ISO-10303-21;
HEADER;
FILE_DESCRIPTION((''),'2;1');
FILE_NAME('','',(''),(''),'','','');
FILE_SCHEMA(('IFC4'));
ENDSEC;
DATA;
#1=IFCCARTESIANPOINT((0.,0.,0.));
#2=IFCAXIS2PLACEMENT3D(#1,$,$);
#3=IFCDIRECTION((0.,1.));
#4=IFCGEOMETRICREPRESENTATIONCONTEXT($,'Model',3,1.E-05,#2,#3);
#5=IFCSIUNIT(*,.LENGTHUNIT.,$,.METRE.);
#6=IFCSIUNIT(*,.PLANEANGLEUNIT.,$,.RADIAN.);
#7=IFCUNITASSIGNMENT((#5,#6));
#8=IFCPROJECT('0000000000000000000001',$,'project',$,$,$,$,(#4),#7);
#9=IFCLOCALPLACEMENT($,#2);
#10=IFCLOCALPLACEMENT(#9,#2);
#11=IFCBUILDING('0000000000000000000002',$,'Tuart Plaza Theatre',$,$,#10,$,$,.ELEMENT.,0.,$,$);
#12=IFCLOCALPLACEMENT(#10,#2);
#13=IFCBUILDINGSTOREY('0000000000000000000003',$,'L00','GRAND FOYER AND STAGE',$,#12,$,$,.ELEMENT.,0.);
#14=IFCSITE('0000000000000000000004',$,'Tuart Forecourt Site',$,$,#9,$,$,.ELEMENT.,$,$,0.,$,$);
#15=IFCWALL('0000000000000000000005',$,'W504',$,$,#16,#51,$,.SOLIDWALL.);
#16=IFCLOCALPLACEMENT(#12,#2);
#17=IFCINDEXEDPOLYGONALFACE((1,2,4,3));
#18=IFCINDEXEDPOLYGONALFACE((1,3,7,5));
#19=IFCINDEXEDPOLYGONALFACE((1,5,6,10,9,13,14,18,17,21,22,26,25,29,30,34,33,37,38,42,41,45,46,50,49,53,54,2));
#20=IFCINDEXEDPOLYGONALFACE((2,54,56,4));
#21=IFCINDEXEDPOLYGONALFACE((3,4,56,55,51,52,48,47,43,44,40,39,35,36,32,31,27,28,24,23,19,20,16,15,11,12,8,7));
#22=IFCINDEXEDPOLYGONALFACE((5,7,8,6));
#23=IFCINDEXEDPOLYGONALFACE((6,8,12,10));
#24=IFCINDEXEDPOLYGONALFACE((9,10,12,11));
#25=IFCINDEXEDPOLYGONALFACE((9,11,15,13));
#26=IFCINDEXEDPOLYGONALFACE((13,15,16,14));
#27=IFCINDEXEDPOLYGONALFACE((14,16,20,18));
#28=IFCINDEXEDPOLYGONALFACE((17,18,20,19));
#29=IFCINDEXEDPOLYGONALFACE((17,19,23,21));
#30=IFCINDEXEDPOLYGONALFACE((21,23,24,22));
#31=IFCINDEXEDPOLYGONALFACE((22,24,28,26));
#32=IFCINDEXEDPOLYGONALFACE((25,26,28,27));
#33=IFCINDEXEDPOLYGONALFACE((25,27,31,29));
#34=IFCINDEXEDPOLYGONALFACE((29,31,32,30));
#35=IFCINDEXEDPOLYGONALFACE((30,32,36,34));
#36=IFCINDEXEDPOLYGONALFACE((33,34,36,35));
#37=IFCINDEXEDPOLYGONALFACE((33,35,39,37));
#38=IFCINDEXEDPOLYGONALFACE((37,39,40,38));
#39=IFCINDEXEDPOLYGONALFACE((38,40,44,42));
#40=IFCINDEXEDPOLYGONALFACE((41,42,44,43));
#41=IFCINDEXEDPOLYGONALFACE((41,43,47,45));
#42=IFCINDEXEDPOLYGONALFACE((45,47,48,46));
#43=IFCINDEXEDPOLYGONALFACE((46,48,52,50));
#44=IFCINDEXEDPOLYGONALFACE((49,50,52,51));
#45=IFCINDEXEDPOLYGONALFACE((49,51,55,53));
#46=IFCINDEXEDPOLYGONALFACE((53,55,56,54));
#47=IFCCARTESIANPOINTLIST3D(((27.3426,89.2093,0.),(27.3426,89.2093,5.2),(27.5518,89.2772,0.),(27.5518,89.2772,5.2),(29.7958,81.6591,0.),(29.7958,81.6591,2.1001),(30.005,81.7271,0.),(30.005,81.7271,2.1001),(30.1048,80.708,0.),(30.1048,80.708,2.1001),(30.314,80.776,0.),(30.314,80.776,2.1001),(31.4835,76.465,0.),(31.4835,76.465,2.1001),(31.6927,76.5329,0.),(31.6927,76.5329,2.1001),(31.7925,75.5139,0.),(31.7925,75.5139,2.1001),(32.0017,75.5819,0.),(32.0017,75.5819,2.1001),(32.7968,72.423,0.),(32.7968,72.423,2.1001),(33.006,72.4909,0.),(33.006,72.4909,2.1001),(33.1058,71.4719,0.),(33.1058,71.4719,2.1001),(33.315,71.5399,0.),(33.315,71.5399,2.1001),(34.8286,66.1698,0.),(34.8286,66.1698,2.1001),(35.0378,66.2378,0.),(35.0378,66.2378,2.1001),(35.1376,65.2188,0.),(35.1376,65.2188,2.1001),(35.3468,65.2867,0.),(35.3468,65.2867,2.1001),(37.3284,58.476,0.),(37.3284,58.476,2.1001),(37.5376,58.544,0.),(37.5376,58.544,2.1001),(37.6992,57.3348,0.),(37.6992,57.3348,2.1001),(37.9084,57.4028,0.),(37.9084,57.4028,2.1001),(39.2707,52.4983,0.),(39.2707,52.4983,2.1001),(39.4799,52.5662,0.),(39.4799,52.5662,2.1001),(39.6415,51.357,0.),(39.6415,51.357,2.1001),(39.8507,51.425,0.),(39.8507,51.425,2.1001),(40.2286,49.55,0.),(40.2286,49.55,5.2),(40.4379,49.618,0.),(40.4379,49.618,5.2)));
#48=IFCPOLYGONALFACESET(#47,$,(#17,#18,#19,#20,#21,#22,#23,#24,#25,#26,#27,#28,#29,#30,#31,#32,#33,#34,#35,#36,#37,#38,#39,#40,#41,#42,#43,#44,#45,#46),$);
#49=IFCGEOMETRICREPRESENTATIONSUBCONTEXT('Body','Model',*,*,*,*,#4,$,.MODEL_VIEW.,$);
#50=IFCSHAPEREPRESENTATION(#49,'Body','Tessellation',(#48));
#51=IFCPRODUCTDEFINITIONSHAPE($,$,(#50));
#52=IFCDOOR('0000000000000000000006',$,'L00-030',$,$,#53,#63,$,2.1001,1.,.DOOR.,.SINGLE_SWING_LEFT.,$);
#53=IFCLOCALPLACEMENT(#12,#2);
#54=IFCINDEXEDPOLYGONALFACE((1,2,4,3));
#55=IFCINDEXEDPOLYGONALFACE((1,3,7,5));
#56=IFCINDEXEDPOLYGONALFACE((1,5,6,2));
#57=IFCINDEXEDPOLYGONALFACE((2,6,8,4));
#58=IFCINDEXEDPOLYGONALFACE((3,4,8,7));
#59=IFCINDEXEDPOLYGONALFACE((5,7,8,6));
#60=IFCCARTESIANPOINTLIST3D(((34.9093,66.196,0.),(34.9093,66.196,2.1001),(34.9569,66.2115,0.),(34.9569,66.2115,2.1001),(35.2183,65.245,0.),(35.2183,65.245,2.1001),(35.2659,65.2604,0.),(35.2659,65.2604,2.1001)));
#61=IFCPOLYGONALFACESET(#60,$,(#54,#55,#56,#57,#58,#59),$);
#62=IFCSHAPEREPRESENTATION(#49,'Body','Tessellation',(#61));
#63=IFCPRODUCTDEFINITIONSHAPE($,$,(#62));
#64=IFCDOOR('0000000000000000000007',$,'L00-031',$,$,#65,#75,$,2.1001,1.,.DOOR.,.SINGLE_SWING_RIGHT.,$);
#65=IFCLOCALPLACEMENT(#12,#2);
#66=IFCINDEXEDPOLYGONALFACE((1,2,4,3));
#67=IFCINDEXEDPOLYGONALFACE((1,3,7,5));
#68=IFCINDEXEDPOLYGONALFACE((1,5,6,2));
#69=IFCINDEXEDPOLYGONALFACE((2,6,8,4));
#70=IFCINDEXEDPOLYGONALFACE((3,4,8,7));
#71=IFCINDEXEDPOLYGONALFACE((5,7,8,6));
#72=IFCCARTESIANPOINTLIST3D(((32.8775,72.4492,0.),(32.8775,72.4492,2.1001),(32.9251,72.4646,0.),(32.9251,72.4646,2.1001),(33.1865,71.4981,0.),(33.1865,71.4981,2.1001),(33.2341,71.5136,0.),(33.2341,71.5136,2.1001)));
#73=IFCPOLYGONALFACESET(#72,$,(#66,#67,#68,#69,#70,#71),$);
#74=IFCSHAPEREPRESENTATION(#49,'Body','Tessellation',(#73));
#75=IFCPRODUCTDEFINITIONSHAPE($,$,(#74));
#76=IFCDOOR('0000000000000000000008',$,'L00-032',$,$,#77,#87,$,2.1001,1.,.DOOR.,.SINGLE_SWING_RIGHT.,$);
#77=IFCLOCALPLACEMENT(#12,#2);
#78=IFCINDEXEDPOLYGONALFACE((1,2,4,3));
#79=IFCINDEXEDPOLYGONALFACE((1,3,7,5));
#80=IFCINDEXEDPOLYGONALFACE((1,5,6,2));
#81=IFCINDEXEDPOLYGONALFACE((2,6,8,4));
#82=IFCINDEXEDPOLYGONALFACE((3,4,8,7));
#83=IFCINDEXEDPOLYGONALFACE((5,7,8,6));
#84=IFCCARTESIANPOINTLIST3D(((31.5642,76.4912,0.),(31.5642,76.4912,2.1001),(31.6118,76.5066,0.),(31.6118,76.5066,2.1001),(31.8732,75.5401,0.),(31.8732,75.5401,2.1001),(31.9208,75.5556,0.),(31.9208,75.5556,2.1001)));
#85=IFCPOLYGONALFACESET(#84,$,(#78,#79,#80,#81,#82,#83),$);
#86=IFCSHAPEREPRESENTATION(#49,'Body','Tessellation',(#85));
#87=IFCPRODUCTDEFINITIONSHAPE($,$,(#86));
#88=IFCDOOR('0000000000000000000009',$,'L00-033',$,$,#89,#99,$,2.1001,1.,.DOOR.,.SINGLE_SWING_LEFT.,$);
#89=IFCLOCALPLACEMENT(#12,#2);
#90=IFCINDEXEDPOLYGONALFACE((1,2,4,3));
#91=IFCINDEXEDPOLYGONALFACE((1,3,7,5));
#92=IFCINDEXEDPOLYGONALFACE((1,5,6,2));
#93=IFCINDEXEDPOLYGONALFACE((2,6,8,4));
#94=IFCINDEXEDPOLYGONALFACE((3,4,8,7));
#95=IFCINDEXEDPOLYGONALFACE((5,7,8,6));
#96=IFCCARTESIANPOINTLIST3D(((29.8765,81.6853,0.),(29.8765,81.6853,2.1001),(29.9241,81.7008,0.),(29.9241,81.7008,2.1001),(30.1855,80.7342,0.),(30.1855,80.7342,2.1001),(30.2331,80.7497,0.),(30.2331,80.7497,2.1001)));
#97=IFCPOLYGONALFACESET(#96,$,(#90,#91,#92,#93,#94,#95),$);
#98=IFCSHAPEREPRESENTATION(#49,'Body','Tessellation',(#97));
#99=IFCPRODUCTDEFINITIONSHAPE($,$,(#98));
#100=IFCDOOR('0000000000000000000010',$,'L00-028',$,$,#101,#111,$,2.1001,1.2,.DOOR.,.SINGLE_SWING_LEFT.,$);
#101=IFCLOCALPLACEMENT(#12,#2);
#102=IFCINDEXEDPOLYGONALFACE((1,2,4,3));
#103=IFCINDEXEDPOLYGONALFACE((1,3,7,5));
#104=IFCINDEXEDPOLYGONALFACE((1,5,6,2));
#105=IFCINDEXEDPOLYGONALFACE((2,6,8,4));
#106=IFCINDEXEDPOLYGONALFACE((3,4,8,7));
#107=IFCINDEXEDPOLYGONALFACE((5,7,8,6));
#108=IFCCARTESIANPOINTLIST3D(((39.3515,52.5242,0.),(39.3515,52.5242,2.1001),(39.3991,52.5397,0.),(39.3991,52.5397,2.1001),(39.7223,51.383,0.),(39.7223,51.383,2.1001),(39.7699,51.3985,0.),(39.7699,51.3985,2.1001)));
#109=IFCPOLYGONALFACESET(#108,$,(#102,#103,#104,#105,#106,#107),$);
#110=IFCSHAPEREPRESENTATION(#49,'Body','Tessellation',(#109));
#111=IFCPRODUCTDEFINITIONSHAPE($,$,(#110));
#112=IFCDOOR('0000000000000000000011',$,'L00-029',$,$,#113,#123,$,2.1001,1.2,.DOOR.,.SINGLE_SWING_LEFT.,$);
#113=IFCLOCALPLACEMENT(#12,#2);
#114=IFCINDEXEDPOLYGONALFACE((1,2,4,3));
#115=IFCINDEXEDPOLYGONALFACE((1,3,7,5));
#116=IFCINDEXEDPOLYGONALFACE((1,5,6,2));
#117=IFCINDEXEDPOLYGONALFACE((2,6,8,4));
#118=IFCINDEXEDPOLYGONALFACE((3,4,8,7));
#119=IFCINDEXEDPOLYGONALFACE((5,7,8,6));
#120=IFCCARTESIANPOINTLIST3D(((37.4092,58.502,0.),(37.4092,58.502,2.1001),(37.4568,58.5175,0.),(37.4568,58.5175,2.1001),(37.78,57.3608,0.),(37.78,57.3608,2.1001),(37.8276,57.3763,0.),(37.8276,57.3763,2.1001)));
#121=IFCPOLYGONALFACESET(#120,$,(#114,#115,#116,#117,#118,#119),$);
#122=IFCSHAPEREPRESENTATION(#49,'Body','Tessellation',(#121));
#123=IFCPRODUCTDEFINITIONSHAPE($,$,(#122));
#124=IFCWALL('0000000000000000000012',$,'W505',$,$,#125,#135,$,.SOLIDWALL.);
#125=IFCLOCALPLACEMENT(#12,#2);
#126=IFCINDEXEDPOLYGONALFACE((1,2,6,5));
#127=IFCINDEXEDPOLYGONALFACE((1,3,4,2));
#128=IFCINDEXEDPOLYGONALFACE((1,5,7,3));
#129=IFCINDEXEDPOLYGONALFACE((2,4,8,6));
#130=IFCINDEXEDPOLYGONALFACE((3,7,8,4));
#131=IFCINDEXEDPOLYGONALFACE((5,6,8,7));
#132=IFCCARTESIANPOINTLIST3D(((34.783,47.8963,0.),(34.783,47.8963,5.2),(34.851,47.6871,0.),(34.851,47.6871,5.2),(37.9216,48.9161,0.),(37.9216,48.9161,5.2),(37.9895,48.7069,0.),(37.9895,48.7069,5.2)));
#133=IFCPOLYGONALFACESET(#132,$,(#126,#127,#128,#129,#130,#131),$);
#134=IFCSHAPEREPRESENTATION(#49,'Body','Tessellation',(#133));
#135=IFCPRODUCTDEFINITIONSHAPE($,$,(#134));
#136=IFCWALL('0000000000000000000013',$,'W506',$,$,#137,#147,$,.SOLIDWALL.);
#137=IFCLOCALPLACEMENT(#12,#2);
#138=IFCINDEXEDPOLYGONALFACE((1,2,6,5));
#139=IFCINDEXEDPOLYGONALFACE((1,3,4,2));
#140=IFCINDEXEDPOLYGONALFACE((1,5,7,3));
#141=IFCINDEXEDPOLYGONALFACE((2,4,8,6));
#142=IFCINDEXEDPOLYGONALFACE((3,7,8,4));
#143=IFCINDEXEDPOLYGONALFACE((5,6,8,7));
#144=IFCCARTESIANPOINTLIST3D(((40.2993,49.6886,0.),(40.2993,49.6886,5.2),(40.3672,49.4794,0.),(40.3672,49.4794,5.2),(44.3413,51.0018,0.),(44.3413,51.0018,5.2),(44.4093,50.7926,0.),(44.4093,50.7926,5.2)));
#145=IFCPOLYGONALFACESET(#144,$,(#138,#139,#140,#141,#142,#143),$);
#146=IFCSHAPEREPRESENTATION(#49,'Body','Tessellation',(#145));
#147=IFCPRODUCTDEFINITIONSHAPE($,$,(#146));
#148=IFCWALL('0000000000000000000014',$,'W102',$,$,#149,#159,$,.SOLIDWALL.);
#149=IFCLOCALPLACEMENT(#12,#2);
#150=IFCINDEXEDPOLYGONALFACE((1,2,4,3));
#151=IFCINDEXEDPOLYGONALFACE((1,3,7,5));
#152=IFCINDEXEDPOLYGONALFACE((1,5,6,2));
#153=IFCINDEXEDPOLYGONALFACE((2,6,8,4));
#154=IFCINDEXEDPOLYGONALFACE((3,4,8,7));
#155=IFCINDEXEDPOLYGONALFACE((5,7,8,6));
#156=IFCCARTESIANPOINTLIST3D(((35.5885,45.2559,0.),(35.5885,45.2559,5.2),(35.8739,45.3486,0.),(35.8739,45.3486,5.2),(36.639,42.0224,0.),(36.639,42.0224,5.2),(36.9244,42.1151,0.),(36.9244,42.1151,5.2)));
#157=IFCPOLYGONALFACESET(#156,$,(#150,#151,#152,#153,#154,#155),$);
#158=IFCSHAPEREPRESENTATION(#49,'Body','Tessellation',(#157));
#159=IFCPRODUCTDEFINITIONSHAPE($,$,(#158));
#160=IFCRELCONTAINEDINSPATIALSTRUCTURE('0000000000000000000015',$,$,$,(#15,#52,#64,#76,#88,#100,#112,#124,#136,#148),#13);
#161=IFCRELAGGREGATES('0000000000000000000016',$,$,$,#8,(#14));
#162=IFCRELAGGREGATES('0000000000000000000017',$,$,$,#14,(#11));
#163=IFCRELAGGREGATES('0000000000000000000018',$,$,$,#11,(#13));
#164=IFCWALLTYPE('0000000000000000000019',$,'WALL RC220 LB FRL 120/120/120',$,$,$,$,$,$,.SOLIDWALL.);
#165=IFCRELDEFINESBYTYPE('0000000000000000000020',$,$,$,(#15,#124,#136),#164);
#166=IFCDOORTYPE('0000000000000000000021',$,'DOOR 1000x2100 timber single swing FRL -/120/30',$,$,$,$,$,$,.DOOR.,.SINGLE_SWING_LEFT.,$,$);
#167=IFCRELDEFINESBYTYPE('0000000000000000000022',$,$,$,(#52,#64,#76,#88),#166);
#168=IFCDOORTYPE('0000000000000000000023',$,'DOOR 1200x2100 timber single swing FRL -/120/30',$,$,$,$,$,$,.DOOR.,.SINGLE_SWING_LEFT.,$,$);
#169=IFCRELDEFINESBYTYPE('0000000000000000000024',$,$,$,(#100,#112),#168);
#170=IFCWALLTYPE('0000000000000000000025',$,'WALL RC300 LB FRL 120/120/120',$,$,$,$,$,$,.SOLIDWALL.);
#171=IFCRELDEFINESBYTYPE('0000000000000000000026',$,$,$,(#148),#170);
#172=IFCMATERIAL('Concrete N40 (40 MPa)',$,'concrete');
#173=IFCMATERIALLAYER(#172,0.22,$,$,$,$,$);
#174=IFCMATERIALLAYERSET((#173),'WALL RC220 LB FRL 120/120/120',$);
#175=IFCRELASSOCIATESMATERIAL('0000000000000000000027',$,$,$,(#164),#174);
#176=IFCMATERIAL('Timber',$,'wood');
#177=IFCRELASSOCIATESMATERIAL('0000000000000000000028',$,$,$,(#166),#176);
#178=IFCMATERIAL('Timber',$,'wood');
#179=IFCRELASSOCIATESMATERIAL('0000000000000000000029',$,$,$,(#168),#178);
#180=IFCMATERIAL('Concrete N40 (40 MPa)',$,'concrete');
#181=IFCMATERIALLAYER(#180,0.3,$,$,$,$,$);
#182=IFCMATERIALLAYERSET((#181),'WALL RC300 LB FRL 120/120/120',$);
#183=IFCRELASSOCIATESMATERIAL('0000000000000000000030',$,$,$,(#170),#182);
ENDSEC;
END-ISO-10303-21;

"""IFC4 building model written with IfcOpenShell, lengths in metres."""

from ifc_helpers import new_model, si_unit, direction, frame, frame_2d, origin, place, context, subcontext, project, spatial, rectangle, extrude, material, layer, layer_set, type_object, element, fill, save


model = new_model("IFC4")

# Units and contexts
model_context = context("Model", 3, precision=1e-05, world=origin(), true_north=direction((0.0, 1.0)))
body_context = subcontext(model_context, "Body", "Model", "MODEL_VIEW")
ifc_project = project(units=[si_unit("LENGTHUNIT", "METRE"), si_unit("PLANEANGLEUNIT", "RADIAN")], contexts=[model_context])

# Site, building, storey
site_placement = place(None, origin())
site = spatial("IfcSite", under=ifc_project, at=site_placement, Name="Tuart Forecourt Site", CompositionType="ELEMENT", RefElevation=0.0)
building_placement = place(site_placement, origin())
building = spatial("IfcBuilding", under=site, at=building_placement, Name="Tuart Plaza Theatre", CompositionType="ELEMENT", ElevationOfRefHeight=0.0)
storey_placement = place(building_placement, origin())
storey = spatial("IfcBuildingStorey", under=building, at=storey_placement, Name="L00", Description="GRAND FOYER AND STAGE", CompositionType="ELEMENT", Elevation=0.0)

# Wall, openings, doors
ifc_material_1 = material(Name="Concrete N40 (40 MPa)", Category="concrete")
ifc_layer_1 = layer(ifc_material_1, 0.22)
ifc_layer_set_1 = layer_set([ifc_layer_1], Name="WALL RC220 LB FRL 120/120/120")
wall_type_1 = type_object("IfcWallType", Name="WALL RC220 LB FRL 120/120/120", PredefinedType="SOLIDWALL", material=ifc_layer_set_1)
ifc_material_2 = material(Name="Timber", Category="wood")
door_type_1 = type_object("IfcDoorType", Name="DOOR 1000x2100 timber single swing FRL -/120/30", OperationType="SINGLE_SWING_LEFT", PredefinedType="DOOR", material=ifc_material_2)
ifc_material_3 = material(Name="Timber", Category="wood")
door_type_2 = type_object("IfcDoorType", Name="DOOR 1200x2100 timber single swing FRL -/120/30", OperationType="SINGLE_SWING_LEFT", PredefinedType="DOOR", material=ifc_material_3)
wall_1_placement = place(storey_placement, frame((40.3333, 49.584, 0.0), z_axis=(0.0, 0.0, 1.0), x_axis=(-0.309016, 0.951057, 0.0)))
wall_1 = element("IfcWall", 1, at=wall_1_placement, inside=storey, type_object=wall_type_1, Name="W504", PredefinedType="SOLIDWALL", context=body_context, shape_type="SweptSolid", body=[
    extrude(rectangle(XDim=41.7002, YDim=0.22, at=frame_2d((20.8501, 0.0))), origin(), (0.0, 0.0, 1.0), 5.2),
])
opening_1_placement = place(wall_1_placement, frame((1.8999, 0.0, 0.0)))
opening_1 = element("IfcOpeningElement", 2, at=opening_1_placement, cuts=wall_1, PredefinedType="OPENING", context=body_context, shape_type="SweptSolid", body=[
    extrude(rectangle(XDim=1.2, YDim=2.1001, at=frame_2d((0.6001, 1.05))), frame((0.0, 0.1199, 0.0), z_axis=(0.0, -1.0, 0.0), x_axis=(1.0, 0.0, 0.0)), (0.0, 0.0, 1.0), 0.24),
])
opening_2_placement = place(wall_1_placement, frame((8.1853, 0.0, 0.0)))
opening_2 = element("IfcOpeningElement", 3, at=opening_2_placement, cuts=wall_1, PredefinedType="OPENING", context=body_context, shape_type="SweptSolid", body=[
    extrude(rectangle(XDim=1.2, YDim=2.1001, at=frame_2d((0.6001, 1.05))), frame((0.0, 0.1199, 0.0), z_axis=(0.0, -1.0, 0.0), x_axis=(1.0, 0.0, 0.0)), (0.0, 0.0, 1.0), 0.24),
])
opening_3_placement = place(wall_1_placement, frame((16.4751, 0.0, 0.0)))
opening_3 = element("IfcOpeningElement", 4, at=opening_3_placement, cuts=wall_1, PredefinedType="OPENING", context=body_context, shape_type="SweptSolid", body=[
    extrude(rectangle(XDim=1.0, YDim=2.1001, at=frame_2d((0.5, 1.05))), frame((0.0, 0.1199, 0.0), z_axis=(0.0, -1.0, 0.0), x_axis=(1.0, 0.0, 0.0)), (0.0, 0.0, 1.0), 0.24),
])
opening_4_placement = place(wall_1_placement, frame((23.05, 0.0, 0.0)))
opening_4 = element("IfcOpeningElement", 5, at=opening_4_placement, cuts=wall_1, PredefinedType="OPENING", context=body_context, shape_type="SweptSolid", body=[
    extrude(rectangle(XDim=1.0, YDim=2.1001, at=frame_2d((0.5, 1.05))), frame((0.0, 0.1199, 0.0), z_axis=(0.0, -1.0, 0.0), x_axis=(1.0, 0.0, 0.0)), (0.0, 0.0, 1.0), 0.24),
])
opening_5_placement = place(wall_1_placement, frame((27.3, 0.0, 0.0)))
opening_5 = element("IfcOpeningElement", 6, at=opening_5_placement, cuts=wall_1, PredefinedType="OPENING", context=body_context, shape_type="SweptSolid", body=[
    extrude(rectangle(XDim=1.0, YDim=2.1001, at=frame_2d((0.5, 1.05))), frame((0.0, 0.1199, 0.0), z_axis=(0.0, -1.0, 0.0), x_axis=(1.0, 0.0, 0.0)), (0.0, 0.0, 1.0), 0.24),
])
opening_6_placement = place(wall_1_placement, frame((32.7615, 0.0, 0.0)))
opening_6 = element("IfcOpeningElement", 7, at=opening_6_placement, cuts=wall_1, PredefinedType="OPENING", context=body_context, shape_type="SweptSolid", body=[
    extrude(rectangle(XDim=1.0, YDim=2.1001, at=frame_2d((0.5, 1.05))), frame((0.0, 0.1199, 0.0), z_axis=(0.0, -1.0, 0.0), x_axis=(1.0, 0.0, 0.0)), (0.0, 0.0, 1.0), 0.24),
])
door_1_placement = place(opening_3_placement, frame((1.0, 0.0, 0.0), z_axis=(0.0, 0.0, 1.0), x_axis=(-1.0, 0.0, 0.0)))
door_1 = element("IfcDoor", 8, at=door_1_placement, inside=storey, type_object=door_type_1, Name="L00-030", OperationType="SINGLE_SWING_LEFT", OverallHeight=2.1001, OverallWidth=1.0, PredefinedType="DOOR", context=body_context, shape_type="SweptSolid", body=[
    extrude(rectangle(XDim=1.0, YDim=2.1001, at=frame_2d((0.5, 1.05))), frame((0.0, 0.0249, 0.0), z_axis=(0.0, -1.0, 0.0), x_axis=(1.0, 0.0, 0.0)), (0.0, 0.0, 1.0), 0.05),
])
fill(opening_3, door_1)
door_2_placement = place(opening_4_placement, frame((1.0, 0.0, 0.0), z_axis=(0.0, 0.0, 1.0), x_axis=(-1.0, 0.0, 0.0)))
door_2 = element("IfcDoor", 9, at=door_2_placement, inside=storey, type_object=door_type_1, Name="L00-031", OperationType="SINGLE_SWING_RIGHT", OverallHeight=2.1001, OverallWidth=1.0, PredefinedType="DOOR", context=body_context, shape_type="SweptSolid", body=[
    extrude(rectangle(XDim=1.0, YDim=2.1001, at=frame_2d((0.5, 1.05))), frame((0.0, 0.0249, 0.0), z_axis=(0.0, -1.0, 0.0), x_axis=(1.0, 0.0, 0.0)), (0.0, 0.0, 1.0), 0.05),
])
fill(opening_4, door_2)
door_3_placement = place(opening_5_placement, frame((1.0, 0.0, 0.0), z_axis=(0.0, 0.0, 1.0), x_axis=(-1.0, 0.0, 0.0)))
door_3 = element("IfcDoor", 10, at=door_3_placement, inside=storey, type_object=door_type_1, Name="L00-032", OperationType="SINGLE_SWING_RIGHT", OverallHeight=2.1001, OverallWidth=1.0, PredefinedType="DOOR", context=body_context, shape_type="SweptSolid", body=[
    extrude(rectangle(XDim=1.0, YDim=2.1001, at=frame_2d((0.5, 1.05))), frame((0.0, 0.0249, 0.0), z_axis=(0.0, -1.0, 0.0), x_axis=(1.0, 0.0, 0.0)), (0.0, 0.0, 1.0), 0.05),
])
fill(opening_5, door_3)
door_4_placement = place(opening_6_placement, frame((1.0, 0.0, 0.0), z_axis=(0.0, 0.0, 1.0), x_axis=(-1.0, 0.0, 0.0)))
door_4 = element("IfcDoor", 11, at=door_4_placement, inside=storey, type_object=door_type_1, Name="L00-033", OperationType="SINGLE_SWING_LEFT", OverallHeight=2.1001, OverallWidth=1.0, PredefinedType="DOOR", context=body_context, shape_type="SweptSolid", body=[
    extrude(rectangle(XDim=1.0, YDim=2.1001, at=frame_2d((0.5, 1.05))), frame((0.0, 0.0249, 0.0), z_axis=(0.0, -1.0, 0.0), x_axis=(1.0, 0.0, 0.0)), (0.0, 0.0, 1.0), 0.05),
])
fill(opening_6, door_4)
door_5_placement = place(opening_1_placement, frame((1.2, 0.0, 0.0), z_axis=(0.0, 0.0, 1.0), x_axis=(-1.0, 0.0, 0.0)))
door_5 = element("IfcDoor", 12, at=door_5_placement, inside=storey, type_object=door_type_2, Name="L00-028", OperationType="SINGLE_SWING_LEFT", OverallHeight=2.1001, OverallWidth=1.2, PredefinedType="DOOR", context=body_context, shape_type="SweptSolid", body=[
    extrude(rectangle(XDim=1.2, YDim=2.1001, at=frame_2d((0.6001, 1.05))), frame((0.0, 0.0249, 0.0), z_axis=(0.0, -1.0, 0.0), x_axis=(1.0, 0.0, 0.0)), (0.0, 0.0, 1.0), 0.05),
])
fill(opening_1, door_5)
door_6_placement = place(opening_2_placement, frame((1.2, 0.0, 0.0), z_axis=(0.0, 0.0, 1.0), x_axis=(-1.0, 0.0, 0.0)))
door_6 = element("IfcDoor", 13, at=door_6_placement, inside=storey, type_object=door_type_2, Name="L00-029", OperationType="SINGLE_SWING_LEFT", OverallHeight=2.1001, OverallWidth=1.2, PredefinedType="DOOR", context=body_context, shape_type="SweptSolid", body=[
    extrude(rectangle(XDim=1.2, YDim=2.1001, at=frame_2d((0.6001, 1.05))), frame((0.0, 0.0249, 0.0), z_axis=(0.0, -1.0, 0.0), x_axis=(1.0, 0.0, 0.0)), (0.0, 0.0, 1.0), 0.05),
])
fill(opening_2, door_6)

# Walls
wall_2_placement = place(storey_placement, frame((34.8171, 47.7917, 0.0), z_axis=(0.0, 0.0, 1.0), x_axis=(0.951053, 0.309028, 0.0)))
element("IfcWall", 14, at=wall_2_placement, inside=storey, type_object=wall_type_1, Name="W505", PredefinedType="SOLIDWALL", context=body_context, shape_type="SweptSolid", body=[
    extrude(rectangle(XDim=3.3, YDim=0.22, at=frame_2d((1.6499, 0.0))), origin(), (0.0, 0.0, 1.0), 5.2),
])
wall_3_placement = place(storey_placement, frame((40.3333, 49.584, 0.0), z_axis=(0.0, 0.0, 1.0), x_axis=(0.951063, 0.308998, 0.0)))
element("IfcWall", 15, at=wall_3_placement, inside=storey, type_object=wall_type_1, Name="W506", PredefinedType="SOLIDWALL", context=body_context, shape_type="SweptSolid", body=[
    extrude(rectangle(XDim=4.25, YDim=0.22, at=frame_2d((2.125, 0.0))), origin(), (0.0, 0.0, 1.0), 5.2),
])
ifc_material_4 = material(Name="Concrete N40 (40 MPa)", Category="concrete")
ifc_layer_2 = layer(ifc_material_4, 0.3)
ifc_layer_set_2 = layer_set([ifc_layer_2], Name="WALL RC300 LB FRL 120/120/120")
wall_type_2 = type_object("IfcWallType", Name="WALL RC300 LB FRL 120/120/120", PredefinedType="SOLIDWALL", material=ifc_layer_set_2)
wall_4_placement = place(storey_placement, frame((35.7312, 45.3022, 0.0), z_axis=(0.0, 0.0, 1.0), x_axis=(0.308981, -0.951068, 0.0)))
element("IfcWall", 16, at=wall_4_placement, inside=storey, type_object=wall_type_2, Name="W102", PredefinedType="SOLIDWALL", context=body_context, shape_type="SweptSolid", body=[
    extrude(rectangle(XDim=3.3999, YDim=0.3, at=frame_2d((1.7, 0.0))), origin(), (0.0, 0.0, 1.0), 5.2),
])

save(model, "model.ifc")
